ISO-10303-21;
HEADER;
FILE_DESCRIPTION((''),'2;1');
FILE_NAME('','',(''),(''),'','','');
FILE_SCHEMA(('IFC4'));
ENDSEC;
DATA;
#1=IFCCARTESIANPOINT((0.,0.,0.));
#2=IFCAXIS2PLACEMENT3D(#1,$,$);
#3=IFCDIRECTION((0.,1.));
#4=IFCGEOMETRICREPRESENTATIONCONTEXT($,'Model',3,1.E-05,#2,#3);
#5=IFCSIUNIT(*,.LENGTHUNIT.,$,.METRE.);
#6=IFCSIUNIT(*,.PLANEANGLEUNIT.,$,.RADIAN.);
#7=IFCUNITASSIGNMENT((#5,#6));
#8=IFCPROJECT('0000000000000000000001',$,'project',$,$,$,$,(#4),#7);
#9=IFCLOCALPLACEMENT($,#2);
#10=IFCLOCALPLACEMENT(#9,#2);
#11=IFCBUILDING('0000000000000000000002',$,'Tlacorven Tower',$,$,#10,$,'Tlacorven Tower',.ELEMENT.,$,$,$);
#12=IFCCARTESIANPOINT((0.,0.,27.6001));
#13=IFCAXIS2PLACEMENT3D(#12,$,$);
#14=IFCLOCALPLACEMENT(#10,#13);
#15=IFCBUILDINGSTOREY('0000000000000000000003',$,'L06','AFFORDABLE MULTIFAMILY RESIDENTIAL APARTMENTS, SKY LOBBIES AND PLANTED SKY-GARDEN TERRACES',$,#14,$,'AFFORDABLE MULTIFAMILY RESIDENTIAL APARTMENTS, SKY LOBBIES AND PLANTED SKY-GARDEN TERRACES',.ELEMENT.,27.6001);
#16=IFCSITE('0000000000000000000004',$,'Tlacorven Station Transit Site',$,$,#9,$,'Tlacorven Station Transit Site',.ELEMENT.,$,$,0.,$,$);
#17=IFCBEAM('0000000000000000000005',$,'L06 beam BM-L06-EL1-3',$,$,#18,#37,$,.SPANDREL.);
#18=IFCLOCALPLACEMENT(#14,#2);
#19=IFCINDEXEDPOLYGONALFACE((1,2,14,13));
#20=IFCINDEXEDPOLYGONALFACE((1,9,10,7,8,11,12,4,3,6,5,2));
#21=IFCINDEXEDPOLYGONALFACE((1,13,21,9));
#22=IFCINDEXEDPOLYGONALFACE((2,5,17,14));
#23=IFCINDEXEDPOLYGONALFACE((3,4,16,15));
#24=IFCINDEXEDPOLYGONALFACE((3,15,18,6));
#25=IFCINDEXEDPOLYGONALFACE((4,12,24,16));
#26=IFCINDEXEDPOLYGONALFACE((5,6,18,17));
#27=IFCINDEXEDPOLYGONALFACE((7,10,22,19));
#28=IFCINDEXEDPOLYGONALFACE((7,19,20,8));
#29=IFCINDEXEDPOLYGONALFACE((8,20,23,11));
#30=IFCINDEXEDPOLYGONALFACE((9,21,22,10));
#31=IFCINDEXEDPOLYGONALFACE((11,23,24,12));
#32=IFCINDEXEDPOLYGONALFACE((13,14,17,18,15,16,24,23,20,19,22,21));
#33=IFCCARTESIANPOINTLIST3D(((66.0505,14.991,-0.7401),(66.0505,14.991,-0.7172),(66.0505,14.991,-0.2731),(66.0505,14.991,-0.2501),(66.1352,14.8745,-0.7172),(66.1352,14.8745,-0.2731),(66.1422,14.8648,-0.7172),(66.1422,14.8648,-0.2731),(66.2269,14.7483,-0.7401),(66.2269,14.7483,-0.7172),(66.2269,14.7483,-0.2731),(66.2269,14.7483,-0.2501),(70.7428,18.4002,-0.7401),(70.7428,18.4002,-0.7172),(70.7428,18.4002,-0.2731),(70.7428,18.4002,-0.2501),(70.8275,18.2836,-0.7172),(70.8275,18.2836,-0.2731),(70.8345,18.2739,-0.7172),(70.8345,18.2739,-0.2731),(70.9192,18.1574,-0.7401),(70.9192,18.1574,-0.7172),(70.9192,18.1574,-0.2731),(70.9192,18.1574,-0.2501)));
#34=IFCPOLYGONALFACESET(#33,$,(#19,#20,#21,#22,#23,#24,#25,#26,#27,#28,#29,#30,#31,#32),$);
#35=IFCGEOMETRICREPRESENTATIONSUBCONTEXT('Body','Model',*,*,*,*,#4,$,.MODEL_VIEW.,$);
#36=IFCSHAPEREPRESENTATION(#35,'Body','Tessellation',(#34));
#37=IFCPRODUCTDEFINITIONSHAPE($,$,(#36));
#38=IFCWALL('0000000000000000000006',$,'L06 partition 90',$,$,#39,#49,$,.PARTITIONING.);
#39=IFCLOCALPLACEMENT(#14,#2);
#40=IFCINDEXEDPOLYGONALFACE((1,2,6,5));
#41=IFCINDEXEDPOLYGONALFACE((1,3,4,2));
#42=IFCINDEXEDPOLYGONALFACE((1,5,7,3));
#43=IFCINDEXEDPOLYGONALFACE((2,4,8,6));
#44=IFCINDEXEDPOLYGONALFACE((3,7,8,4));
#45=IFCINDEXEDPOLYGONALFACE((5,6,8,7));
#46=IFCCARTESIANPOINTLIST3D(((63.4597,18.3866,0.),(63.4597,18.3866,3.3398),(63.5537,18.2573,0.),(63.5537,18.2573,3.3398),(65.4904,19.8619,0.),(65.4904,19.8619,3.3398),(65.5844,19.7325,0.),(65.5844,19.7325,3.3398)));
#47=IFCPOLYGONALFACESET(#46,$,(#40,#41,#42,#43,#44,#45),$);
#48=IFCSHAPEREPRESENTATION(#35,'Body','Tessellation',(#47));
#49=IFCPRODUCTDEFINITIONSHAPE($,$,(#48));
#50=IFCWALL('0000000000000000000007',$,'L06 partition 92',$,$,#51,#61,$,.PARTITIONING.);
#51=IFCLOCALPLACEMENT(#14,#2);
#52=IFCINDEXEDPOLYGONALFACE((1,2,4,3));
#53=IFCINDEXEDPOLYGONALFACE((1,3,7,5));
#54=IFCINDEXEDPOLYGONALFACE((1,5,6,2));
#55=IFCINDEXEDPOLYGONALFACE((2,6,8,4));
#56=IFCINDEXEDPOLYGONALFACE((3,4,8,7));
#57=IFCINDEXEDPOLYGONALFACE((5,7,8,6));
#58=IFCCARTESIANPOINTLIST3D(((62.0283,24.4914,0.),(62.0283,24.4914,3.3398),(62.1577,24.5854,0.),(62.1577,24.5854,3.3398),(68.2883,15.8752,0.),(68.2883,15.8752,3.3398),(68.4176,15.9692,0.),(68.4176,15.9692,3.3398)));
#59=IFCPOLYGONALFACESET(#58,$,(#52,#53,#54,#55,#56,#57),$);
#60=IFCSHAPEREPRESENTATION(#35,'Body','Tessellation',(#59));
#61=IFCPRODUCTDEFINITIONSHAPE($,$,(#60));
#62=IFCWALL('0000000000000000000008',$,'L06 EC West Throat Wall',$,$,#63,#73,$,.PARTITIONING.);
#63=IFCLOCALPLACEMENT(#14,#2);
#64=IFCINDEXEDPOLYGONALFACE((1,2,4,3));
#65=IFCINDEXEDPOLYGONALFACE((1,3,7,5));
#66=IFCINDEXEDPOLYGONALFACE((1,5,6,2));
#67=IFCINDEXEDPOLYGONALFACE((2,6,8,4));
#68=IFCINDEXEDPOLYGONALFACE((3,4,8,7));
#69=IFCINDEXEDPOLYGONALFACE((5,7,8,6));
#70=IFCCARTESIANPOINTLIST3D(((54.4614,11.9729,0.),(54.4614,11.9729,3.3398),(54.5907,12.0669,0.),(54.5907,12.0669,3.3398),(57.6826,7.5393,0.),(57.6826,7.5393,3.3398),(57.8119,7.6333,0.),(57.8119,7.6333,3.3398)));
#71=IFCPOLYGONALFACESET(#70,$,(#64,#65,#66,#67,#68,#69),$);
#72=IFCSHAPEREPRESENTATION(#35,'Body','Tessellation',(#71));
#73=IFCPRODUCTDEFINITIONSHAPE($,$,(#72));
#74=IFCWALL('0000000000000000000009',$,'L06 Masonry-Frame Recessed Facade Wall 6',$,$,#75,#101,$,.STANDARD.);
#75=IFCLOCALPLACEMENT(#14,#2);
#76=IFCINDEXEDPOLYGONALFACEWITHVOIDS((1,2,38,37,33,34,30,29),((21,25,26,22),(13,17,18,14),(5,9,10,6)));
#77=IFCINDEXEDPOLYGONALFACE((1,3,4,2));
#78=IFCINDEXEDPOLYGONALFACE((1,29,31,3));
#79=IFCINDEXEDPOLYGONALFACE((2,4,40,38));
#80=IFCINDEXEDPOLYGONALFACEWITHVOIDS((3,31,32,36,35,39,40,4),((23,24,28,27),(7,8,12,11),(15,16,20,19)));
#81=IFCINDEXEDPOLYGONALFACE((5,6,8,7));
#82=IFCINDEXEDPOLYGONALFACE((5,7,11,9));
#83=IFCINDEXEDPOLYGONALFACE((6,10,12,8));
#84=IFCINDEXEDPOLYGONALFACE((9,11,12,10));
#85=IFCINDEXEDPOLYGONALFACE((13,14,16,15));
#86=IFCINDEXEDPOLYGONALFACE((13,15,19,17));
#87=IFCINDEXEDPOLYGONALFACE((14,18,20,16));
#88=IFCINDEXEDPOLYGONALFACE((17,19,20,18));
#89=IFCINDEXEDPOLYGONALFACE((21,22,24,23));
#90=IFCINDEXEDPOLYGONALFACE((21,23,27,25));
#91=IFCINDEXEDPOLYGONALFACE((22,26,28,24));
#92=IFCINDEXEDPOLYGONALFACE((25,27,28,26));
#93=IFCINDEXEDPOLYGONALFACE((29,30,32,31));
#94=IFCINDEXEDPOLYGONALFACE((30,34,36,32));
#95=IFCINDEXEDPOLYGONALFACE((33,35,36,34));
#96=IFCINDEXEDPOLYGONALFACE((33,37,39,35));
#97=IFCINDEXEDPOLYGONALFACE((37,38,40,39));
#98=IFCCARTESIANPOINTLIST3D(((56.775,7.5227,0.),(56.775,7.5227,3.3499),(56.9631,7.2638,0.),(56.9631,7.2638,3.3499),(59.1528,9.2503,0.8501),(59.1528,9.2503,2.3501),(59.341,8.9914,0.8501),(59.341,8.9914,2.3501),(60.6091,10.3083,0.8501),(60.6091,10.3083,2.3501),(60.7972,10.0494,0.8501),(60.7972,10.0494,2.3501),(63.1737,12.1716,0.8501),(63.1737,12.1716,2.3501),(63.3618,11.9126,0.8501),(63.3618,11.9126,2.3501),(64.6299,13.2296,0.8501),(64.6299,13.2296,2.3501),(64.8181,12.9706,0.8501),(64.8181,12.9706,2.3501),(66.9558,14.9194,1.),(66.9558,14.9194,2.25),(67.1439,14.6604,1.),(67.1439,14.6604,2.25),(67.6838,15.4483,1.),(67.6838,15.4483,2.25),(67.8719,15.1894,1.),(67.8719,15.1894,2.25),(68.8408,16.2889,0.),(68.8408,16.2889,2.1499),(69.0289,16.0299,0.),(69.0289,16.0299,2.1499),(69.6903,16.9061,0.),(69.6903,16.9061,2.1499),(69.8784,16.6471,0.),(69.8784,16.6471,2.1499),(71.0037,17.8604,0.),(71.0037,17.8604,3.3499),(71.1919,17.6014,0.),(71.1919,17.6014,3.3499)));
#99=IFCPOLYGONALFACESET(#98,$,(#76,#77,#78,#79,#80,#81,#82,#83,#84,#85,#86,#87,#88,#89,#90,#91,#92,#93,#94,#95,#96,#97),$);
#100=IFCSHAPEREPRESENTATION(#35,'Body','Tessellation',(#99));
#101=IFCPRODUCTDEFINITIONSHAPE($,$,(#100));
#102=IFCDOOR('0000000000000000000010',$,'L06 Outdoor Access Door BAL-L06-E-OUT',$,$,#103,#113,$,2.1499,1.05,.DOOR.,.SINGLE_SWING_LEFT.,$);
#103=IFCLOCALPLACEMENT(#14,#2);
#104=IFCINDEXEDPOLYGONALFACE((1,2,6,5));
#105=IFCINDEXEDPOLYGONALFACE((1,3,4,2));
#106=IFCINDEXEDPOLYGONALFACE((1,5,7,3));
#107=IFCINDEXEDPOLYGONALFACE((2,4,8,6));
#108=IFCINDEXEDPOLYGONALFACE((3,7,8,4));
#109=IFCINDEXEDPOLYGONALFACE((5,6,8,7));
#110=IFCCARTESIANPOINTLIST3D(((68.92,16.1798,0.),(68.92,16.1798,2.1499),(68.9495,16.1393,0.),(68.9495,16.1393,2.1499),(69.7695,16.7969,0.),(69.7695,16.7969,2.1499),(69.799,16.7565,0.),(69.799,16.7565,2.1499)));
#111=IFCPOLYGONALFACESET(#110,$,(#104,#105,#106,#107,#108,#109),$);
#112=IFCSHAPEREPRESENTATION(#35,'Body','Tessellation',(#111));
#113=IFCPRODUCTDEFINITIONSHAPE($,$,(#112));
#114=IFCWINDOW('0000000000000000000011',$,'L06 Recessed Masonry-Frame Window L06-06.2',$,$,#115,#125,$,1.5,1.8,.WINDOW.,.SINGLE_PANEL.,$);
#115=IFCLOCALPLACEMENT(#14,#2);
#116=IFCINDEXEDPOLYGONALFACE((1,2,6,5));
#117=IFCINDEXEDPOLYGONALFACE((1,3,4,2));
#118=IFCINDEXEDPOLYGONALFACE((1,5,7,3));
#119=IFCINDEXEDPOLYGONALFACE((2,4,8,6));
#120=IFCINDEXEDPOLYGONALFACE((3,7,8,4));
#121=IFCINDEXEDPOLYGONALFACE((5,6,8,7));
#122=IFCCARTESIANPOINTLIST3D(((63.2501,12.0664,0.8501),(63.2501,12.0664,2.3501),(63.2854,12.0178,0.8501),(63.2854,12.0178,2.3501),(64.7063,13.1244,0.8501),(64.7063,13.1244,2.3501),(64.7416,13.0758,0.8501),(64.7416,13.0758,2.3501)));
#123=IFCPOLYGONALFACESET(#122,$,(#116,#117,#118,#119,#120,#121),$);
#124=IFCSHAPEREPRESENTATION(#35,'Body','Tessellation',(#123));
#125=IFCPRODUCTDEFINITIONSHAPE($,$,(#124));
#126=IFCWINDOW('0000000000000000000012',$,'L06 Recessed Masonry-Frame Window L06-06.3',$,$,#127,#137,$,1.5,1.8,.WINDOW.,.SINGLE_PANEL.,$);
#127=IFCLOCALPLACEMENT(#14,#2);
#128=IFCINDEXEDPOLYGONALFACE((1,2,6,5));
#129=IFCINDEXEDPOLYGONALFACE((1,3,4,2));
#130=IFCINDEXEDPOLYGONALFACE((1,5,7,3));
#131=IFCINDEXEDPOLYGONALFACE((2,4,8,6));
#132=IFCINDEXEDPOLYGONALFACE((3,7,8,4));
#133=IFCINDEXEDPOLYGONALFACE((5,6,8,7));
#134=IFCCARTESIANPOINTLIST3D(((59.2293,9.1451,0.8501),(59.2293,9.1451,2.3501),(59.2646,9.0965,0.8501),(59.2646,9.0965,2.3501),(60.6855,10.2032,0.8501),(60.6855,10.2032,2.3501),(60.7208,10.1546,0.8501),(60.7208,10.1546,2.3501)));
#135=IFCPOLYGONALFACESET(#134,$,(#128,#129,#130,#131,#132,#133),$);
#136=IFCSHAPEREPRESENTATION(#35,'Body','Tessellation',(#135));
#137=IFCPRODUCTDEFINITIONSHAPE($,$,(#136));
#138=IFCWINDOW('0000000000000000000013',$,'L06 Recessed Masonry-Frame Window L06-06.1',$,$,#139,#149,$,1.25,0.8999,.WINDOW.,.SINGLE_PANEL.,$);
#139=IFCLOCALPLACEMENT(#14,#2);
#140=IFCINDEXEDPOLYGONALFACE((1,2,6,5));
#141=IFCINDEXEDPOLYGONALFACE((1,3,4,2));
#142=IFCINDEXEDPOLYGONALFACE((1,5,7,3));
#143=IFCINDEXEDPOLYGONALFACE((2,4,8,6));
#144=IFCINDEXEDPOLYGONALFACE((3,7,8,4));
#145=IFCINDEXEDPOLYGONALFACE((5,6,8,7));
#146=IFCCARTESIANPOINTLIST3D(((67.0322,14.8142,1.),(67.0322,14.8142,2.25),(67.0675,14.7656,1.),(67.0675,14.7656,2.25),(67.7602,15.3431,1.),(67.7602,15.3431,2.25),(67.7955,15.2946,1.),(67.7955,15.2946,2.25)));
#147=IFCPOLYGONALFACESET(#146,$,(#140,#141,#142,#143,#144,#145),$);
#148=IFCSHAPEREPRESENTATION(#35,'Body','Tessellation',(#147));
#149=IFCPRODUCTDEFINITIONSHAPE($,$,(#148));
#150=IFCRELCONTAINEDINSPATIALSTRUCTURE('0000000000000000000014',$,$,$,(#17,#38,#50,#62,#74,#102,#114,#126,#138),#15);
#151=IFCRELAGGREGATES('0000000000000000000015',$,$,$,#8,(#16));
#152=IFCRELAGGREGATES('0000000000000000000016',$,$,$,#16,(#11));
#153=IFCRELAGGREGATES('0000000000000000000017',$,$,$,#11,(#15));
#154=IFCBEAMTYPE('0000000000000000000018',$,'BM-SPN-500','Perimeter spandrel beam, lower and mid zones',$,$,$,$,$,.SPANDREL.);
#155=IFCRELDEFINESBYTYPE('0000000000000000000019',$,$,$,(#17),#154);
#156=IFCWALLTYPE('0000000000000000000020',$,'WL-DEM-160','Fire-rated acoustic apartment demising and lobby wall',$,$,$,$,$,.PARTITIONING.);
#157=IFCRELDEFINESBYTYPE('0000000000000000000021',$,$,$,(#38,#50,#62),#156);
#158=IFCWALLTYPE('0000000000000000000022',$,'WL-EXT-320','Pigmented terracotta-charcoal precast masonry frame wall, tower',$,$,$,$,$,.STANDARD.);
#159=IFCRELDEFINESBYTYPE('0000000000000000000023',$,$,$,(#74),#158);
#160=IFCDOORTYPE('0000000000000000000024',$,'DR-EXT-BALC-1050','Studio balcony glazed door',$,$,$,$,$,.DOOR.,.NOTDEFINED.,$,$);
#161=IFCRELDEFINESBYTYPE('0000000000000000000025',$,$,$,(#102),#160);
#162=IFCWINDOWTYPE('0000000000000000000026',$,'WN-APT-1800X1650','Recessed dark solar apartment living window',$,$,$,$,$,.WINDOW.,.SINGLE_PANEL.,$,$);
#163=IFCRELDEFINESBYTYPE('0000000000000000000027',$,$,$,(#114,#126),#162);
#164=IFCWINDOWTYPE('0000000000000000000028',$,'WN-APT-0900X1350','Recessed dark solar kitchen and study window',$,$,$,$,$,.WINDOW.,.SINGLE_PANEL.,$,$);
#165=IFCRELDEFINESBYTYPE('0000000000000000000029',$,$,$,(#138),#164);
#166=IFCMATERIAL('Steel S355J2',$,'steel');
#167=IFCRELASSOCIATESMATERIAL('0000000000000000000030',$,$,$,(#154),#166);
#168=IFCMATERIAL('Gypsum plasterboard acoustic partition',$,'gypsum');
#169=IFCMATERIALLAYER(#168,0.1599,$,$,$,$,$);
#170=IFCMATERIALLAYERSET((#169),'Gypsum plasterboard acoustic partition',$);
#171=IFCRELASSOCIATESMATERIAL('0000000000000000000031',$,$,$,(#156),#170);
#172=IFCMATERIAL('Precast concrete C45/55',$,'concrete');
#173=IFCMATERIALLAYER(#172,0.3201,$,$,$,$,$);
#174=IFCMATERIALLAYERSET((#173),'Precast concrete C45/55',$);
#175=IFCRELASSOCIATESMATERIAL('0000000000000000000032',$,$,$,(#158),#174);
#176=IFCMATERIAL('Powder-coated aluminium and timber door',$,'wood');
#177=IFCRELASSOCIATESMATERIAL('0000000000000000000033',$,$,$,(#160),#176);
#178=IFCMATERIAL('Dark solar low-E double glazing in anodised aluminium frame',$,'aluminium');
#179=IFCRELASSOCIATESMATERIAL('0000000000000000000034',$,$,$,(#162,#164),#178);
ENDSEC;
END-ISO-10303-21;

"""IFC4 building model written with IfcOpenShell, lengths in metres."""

from ifc_helpers import new_model, si_unit, direction, frame, frame_2d, origin, origin_2d, place, context, subcontext, project, spatial, rectangle, i_section, extrude, source, transform, mapped, material, layer, layer_set, material_profile, profile_set, type_object, element, fill, save


model = new_model("IFC4")

# Units and contexts
model_context = context("Model", 3, precision=1e-05, world=origin(), true_north=direction((0.0, 1.0)))
body_context = subcontext(model_context, "Body", "Model", "MODEL_VIEW")
ifc_project = project(units=[si_unit("LENGTHUNIT", "METRE"), si_unit("PLANEANGLEUNIT", "RADIAN")], contexts=[model_context])

# Site, building, storey
site_placement = place(None, origin())
site = spatial("IfcSite", under=ifc_project, at=site_placement, Name="Tlacorven Station Transit Site", LongName="Tlacorven Station Transit Site", CompositionType="ELEMENT", RefElevation=0.0)
building_placement = place(site_placement, origin())
building = spatial("IfcBuilding", under=site, at=building_placement, Name="Tlacorven Tower", LongName="Tlacorven Tower", CompositionType="ELEMENT")
storey_placement = place(building_placement, frame((0.0, 0.0, 27.6001)))
storey = spatial("IfcBuildingStorey", under=building, at=storey_placement, Name="L06", Description="AFFORDABLE MULTIFAMILY RESIDENTIAL APARTMENTS, SKY LOBBIES AND PLANTED SKY-GARDEN TERRACES", LongName="AFFORDABLE MULTIFAMILY RESIDENTIAL APARTMENTS, SKY LOBBIES AND PLANTED SKY-GARDEN TERRACES", CompositionType="ELEMENT", Elevation=27.6001)

# Beam
ifc_material_1 = material(Name="Steel S355J2", Category="steel")
ifc_material_profile_1 = material_profile(ifc_material_1, i_section(OverallWidth=0.3, OverallDepth=0.49, WebThickness=0.012, FlangeThickness=0.0229, at=origin_2d()), Name="HEA 500")
ifc_profile_set_1 = profile_set([ifc_material_profile_1], Name="Steel S355J2")
beam_type_1 = type_object("IfcBeamType", Name="BM-SPN-500", Description="Perimeter spandrel beam, lower and mid zones", PredefinedType="SPANDREL", material=ifc_profile_set_1)
shared_shape_1 = source(origin(), body_context, "Body", "SweptSolid", [
    extrude(i_section(OverallWidth=0.3, OverallDepth=0.49, WebThickness=0.012, FlangeThickness=0.0229, at=origin_2d()), origin(), (0.0, 0.0, 1.0), 5.8),
])
beam_1_placement = place(storey_placement, frame((66.1387, 14.8696, -0.4951), z_axis=(0.80902, 0.587781, 0.0), x_axis=(-0.587781, 0.80902, 0.0)))
element("IfcBeam", 1, at=beam_1_placement, inside=storey, type_object=beam_type_1, Name="L06 beam BM-L06-EL1-3", PredefinedType="SPANDREL", context=body_context, shape_type="MappedRepresentation", body=[
    mapped(shared_shape_1, transform((0.0, 0.0, 0.0), scale=1.0)),
])

# Walls
ifc_material_2 = material(Name="Gypsum plasterboard acoustic partition", Category="gypsum")
ifc_layer_1 = layer(ifc_material_2, 0.1599)
ifc_layer_set_1 = layer_set([ifc_layer_1], Name="Gypsum plasterboard acoustic partition")
wall_type_1 = type_object("IfcWallType", Name="WL-DEM-160", Description="Fire-rated acoustic apartment demising and lobby wall", PredefinedType="PARTITIONING", material=ifc_layer_set_1)
wall_1_placement = place(storey_placement, frame((63.5068, 18.322, 0.0), z_axis=(0.0, 0.0, 1.0), x_axis=(0.809035, 0.587761, 0.0)))
element("IfcWall", 2, at=wall_1_placement, inside=storey, type_object=wall_type_1, Name="L06 partition 90", PredefinedType="PARTITIONING", context=body_context, shape_type="SweptSolid", body=[
    extrude(rectangle(XDim=2.51, YDim=0.1599, at=frame_2d((1.2549, 0.0))), origin(), (0.0, 0.0, 1.0), 3.3398),
])
wall_2_placement = place(storey_placement, frame((68.353, 15.9221, 0.0), z_axis=(0.0, 0.0, 1.0), x_axis=(-0.587783, 0.809019, 0.0)))
element("IfcWall", 3, at=wall_2_placement, inside=storey, type_object=wall_type_1, Name="L06 partition 92", PredefinedType="PARTITIONING", context=body_context, shape_type="SweptSolid", body=[
    extrude(rectangle(XDim=10.6501, YDim=0.1599, at=frame_2d((5.3252, 0.0))), origin(), (0.0, 0.0, 1.0), 3.3398),
])
wall_3_placement = place(storey_placement, frame((57.7473, 7.5862, 0.0), z_axis=(0.0, 0.0, 1.0), x_axis=(-0.587785, 0.809017, 0.0)))
element("IfcWall", 4, at=wall_3_placement, inside=storey, type_object=wall_type_1, Name="L06 EC West Throat Wall", PredefinedType="PARTITIONING", context=body_context, shape_type="SweptSolid", body=[
    extrude(rectangle(XDim=5.4802, YDim=0.1599, at=frame_2d((2.7402, 0.0))), origin(), (0.0, 0.0, 1.0), 3.3398),
])

# Wall, openings, door, windows
ifc_material_3 = material(Name="Precast concrete C45/55", Category="concrete")
ifc_layer_2 = layer(ifc_material_3, 0.3201)
ifc_layer_set_2 = layer_set([ifc_layer_2], Name="Precast concrete C45/55")
wall_type_2 = type_object("IfcWallType", Name="WL-EXT-320", Description="Pigmented terracotta-charcoal precast masonry frame wall, tower", PredefinedType="STANDARD", material=ifc_layer_set_2)
wall_4_placement = place(storey_placement, frame((71.0979, 17.731, 0.0), z_axis=(0.0, 0.0, 1.0), x_axis=(-0.809021, -0.58778, 0.0)))
wall_4 = element("IfcWall", 5, at=wall_4_placement, inside=storey, type_object=wall_type_2, Name="L06 Masonry-Frame Recessed Facade Wall 6", PredefinedType="STANDARD", context=body_context, shape_type="SweptSolid", body=[
    extrude(rectangle(XDim=17.5876, YDim=0.3201, at=frame_2d((8.7939, 0.0))), origin(), (0.0, 0.0, 1.0), 3.3499),
])
opening_1_placement = place(wall_4_placement, frame((1.6238, 0.0, 0.0)))
opening_1 = element("IfcOpeningElement", 6, at=opening_1_placement, cuts=wall_4, PredefinedType="OPENING", context=body_context, shape_type="SweptSolid", body=[
    extrude(rectangle(XDim=1.05, YDim=2.1499, at=frame_2d((0.5249, 1.075))), frame((0.0, 0.1699, 0.0), z_axis=(0.0, -1.0, 0.0), x_axis=(1.0, 0.0, 0.0)), (0.0, 0.0, 1.0), 0.3401),
])
opening_2_placement = place(wall_4_placement, frame((4.1038, 0.0, 1.0)))
opening_2 = element("IfcOpeningElement", 7, at=opening_2_placement, cuts=wall_4, PredefinedType="OPENING", context=body_context, shape_type="SweptSolid", body=[
    extrude(rectangle(XDim=0.8999, YDim=1.25, at=frame_2d((0.45, 0.625))), frame((0.0, 0.1699, 0.0), z_axis=(0.0, -1.0, 0.0), x_axis=(1.0, 0.0, 0.0)), (0.0, 0.0, 1.0), 0.3401),
])
opening_3_placement = place(wall_4_placement, frame((7.8787, 0.0, 0.8501)))
opening_3 = element("IfcOpeningElement", 8, at=opening_3_placement, cuts=wall_4, PredefinedType="OPENING", context=body_context, shape_type="SweptSolid", body=[
    extrude(rectangle(XDim=1.8, YDim=1.5, at=frame_2d((0.8999, 0.75))), frame((0.0, 0.1699, 0.0), z_axis=(0.0, -1.0, 0.0), x_axis=(1.0, 0.0, 0.0)), (0.0, 0.0, 1.0), 0.3401),
])
opening_4_placement = place(wall_4_placement, frame((12.8486, 0.0, 0.8501)))
opening_4 = element("IfcOpeningElement", 9, at=opening_4_placement, cuts=wall_4, PredefinedType="OPENING", context=body_context, shape_type="SweptSolid", body=[
    extrude(rectangle(XDim=1.8, YDim=1.5, at=frame_2d((0.8999, 0.75))), frame((0.0, 0.1699, 0.0), z_axis=(0.0, -1.0, 0.0), x_axis=(1.0, 0.0, 0.0)), (0.0, 0.0, 1.0), 0.3401),
])
ifc_material_4 = material(Name="Powder-coated aluminium and timber door", Category="wood")
door_type_1 = type_object("IfcDoorType", Name="DR-EXT-BALC-1050", Description="Studio balcony glazed door", OperationType="NOTDEFINED", PredefinedType="DOOR", material=ifc_material_4)
shared_shape_2 = source(origin(), body_context, "Body", "SweptSolid", [
    extrude(rectangle(XDim=1.05, YDim=2.1499, at=frame_2d((0.5249, 1.075))), frame((0.0, 0.0249, 0.0), z_axis=(0.0, -1.0, 0.0), x_axis=(1.0, 0.0, 0.0)), (0.0, 0.0, 1.0), 0.05),
])
door_1_placement = place(opening_1_placement, origin())
door_1 = element("IfcDoor", 10, at=door_1_placement, inside=storey, type_object=door_type_1, Name="L06 Outdoor Access Door BAL-L06-E-OUT", OperationType="SINGLE_SWING_LEFT", OverallHeight=2.1499, OverallWidth=1.05, PredefinedType="DOOR", context=body_context, shape_type="MappedRepresentation", body=[
    mapped(shared_shape_2, transform((0.0, 0.0, 0.0), scale=1.0)),
])
fill(opening_1, door_1)
ifc_material_5 = material(Name="Dark solar low-E double glazing in anodised aluminium frame", Category="aluminium")
window_type_1 = type_object("IfcWindowType", Name="WN-APT-1800X1650", Description="Recessed dark solar apartment living window", PartitioningType="SINGLE_PANEL", PredefinedType="WINDOW", material=ifc_material_5)
shared_shape_3 = source(origin(), body_context, "Body", "SweptSolid", [
    extrude(rectangle(XDim=1.8, YDim=1.5, at=frame_2d((0.8999, 0.75))), frame((0.0, 0.03, 0.0), z_axis=(0.0, -1.0, 0.0), x_axis=(1.0, 0.0, 0.0)), (0.0, 0.0, 1.0), 0.0601),
])
window_1_placement = place(opening_3_placement, origin())
window_1 = element("IfcWindow", 11, at=window_1_placement, inside=storey, type_object=window_type_1, Name="L06 Recessed Masonry-Frame Window L06-06.2", OverallHeight=1.5, OverallWidth=1.8, PartitioningType="SINGLE_PANEL", PredefinedType="WINDOW", context=body_context, shape_type="MappedRepresentation", body=[
    mapped(shared_shape_3, transform((0.0, 0.0, 0.0), scale=1.0)),
])
fill(opening_3, window_1)
window_2_placement = place(opening_4_placement, origin())
window_2 = element("IfcWindow", 12, at=window_2_placement, inside=storey, type_object=window_type_1, Name="L06 Recessed Masonry-Frame Window L06-06.3", OverallHeight=1.5, OverallWidth=1.8, PartitioningType="SINGLE_PANEL", PredefinedType="WINDOW", context=body_context, shape_type="MappedRepresentation", body=[
    mapped(shared_shape_3, transform((0.0, 0.0, 0.0), scale=1.0)),
])
fill(opening_4, window_2)
window_type_2 = type_object("IfcWindowType", Name="WN-APT-0900X1350", Description="Recessed dark solar kitchen and study window", PartitioningType="SINGLE_PANEL", PredefinedType="WINDOW", material=ifc_material_5)
shared_shape_4 = source(origin(), body_context, "Body", "SweptSolid", [
    extrude(rectangle(XDim=0.8999, YDim=1.25, at=frame_2d((0.45, 0.625))), frame((0.0, 0.03, 0.0), z_axis=(0.0, -1.0, 0.0), x_axis=(1.0, 0.0, 0.0)), (0.0, 0.0, 1.0), 0.0601),
])
window_3_placement = place(opening_2_placement, origin())
window_3 = element("IfcWindow", 13, at=window_3_placement, inside=storey, type_object=window_type_2, Name="L06 Recessed Masonry-Frame Window L06-06.1", OverallHeight=1.25, OverallWidth=0.8999, PartitioningType="SINGLE_PANEL", PredefinedType="WINDOW", context=body_context, shape_type="MappedRepresentation", body=[
    mapped(shared_shape_4, transform((0.0, 0.0, 0.0), scale=1.0)),
])
fill(opening_2, window_3)

save(model, "model.ifc")
